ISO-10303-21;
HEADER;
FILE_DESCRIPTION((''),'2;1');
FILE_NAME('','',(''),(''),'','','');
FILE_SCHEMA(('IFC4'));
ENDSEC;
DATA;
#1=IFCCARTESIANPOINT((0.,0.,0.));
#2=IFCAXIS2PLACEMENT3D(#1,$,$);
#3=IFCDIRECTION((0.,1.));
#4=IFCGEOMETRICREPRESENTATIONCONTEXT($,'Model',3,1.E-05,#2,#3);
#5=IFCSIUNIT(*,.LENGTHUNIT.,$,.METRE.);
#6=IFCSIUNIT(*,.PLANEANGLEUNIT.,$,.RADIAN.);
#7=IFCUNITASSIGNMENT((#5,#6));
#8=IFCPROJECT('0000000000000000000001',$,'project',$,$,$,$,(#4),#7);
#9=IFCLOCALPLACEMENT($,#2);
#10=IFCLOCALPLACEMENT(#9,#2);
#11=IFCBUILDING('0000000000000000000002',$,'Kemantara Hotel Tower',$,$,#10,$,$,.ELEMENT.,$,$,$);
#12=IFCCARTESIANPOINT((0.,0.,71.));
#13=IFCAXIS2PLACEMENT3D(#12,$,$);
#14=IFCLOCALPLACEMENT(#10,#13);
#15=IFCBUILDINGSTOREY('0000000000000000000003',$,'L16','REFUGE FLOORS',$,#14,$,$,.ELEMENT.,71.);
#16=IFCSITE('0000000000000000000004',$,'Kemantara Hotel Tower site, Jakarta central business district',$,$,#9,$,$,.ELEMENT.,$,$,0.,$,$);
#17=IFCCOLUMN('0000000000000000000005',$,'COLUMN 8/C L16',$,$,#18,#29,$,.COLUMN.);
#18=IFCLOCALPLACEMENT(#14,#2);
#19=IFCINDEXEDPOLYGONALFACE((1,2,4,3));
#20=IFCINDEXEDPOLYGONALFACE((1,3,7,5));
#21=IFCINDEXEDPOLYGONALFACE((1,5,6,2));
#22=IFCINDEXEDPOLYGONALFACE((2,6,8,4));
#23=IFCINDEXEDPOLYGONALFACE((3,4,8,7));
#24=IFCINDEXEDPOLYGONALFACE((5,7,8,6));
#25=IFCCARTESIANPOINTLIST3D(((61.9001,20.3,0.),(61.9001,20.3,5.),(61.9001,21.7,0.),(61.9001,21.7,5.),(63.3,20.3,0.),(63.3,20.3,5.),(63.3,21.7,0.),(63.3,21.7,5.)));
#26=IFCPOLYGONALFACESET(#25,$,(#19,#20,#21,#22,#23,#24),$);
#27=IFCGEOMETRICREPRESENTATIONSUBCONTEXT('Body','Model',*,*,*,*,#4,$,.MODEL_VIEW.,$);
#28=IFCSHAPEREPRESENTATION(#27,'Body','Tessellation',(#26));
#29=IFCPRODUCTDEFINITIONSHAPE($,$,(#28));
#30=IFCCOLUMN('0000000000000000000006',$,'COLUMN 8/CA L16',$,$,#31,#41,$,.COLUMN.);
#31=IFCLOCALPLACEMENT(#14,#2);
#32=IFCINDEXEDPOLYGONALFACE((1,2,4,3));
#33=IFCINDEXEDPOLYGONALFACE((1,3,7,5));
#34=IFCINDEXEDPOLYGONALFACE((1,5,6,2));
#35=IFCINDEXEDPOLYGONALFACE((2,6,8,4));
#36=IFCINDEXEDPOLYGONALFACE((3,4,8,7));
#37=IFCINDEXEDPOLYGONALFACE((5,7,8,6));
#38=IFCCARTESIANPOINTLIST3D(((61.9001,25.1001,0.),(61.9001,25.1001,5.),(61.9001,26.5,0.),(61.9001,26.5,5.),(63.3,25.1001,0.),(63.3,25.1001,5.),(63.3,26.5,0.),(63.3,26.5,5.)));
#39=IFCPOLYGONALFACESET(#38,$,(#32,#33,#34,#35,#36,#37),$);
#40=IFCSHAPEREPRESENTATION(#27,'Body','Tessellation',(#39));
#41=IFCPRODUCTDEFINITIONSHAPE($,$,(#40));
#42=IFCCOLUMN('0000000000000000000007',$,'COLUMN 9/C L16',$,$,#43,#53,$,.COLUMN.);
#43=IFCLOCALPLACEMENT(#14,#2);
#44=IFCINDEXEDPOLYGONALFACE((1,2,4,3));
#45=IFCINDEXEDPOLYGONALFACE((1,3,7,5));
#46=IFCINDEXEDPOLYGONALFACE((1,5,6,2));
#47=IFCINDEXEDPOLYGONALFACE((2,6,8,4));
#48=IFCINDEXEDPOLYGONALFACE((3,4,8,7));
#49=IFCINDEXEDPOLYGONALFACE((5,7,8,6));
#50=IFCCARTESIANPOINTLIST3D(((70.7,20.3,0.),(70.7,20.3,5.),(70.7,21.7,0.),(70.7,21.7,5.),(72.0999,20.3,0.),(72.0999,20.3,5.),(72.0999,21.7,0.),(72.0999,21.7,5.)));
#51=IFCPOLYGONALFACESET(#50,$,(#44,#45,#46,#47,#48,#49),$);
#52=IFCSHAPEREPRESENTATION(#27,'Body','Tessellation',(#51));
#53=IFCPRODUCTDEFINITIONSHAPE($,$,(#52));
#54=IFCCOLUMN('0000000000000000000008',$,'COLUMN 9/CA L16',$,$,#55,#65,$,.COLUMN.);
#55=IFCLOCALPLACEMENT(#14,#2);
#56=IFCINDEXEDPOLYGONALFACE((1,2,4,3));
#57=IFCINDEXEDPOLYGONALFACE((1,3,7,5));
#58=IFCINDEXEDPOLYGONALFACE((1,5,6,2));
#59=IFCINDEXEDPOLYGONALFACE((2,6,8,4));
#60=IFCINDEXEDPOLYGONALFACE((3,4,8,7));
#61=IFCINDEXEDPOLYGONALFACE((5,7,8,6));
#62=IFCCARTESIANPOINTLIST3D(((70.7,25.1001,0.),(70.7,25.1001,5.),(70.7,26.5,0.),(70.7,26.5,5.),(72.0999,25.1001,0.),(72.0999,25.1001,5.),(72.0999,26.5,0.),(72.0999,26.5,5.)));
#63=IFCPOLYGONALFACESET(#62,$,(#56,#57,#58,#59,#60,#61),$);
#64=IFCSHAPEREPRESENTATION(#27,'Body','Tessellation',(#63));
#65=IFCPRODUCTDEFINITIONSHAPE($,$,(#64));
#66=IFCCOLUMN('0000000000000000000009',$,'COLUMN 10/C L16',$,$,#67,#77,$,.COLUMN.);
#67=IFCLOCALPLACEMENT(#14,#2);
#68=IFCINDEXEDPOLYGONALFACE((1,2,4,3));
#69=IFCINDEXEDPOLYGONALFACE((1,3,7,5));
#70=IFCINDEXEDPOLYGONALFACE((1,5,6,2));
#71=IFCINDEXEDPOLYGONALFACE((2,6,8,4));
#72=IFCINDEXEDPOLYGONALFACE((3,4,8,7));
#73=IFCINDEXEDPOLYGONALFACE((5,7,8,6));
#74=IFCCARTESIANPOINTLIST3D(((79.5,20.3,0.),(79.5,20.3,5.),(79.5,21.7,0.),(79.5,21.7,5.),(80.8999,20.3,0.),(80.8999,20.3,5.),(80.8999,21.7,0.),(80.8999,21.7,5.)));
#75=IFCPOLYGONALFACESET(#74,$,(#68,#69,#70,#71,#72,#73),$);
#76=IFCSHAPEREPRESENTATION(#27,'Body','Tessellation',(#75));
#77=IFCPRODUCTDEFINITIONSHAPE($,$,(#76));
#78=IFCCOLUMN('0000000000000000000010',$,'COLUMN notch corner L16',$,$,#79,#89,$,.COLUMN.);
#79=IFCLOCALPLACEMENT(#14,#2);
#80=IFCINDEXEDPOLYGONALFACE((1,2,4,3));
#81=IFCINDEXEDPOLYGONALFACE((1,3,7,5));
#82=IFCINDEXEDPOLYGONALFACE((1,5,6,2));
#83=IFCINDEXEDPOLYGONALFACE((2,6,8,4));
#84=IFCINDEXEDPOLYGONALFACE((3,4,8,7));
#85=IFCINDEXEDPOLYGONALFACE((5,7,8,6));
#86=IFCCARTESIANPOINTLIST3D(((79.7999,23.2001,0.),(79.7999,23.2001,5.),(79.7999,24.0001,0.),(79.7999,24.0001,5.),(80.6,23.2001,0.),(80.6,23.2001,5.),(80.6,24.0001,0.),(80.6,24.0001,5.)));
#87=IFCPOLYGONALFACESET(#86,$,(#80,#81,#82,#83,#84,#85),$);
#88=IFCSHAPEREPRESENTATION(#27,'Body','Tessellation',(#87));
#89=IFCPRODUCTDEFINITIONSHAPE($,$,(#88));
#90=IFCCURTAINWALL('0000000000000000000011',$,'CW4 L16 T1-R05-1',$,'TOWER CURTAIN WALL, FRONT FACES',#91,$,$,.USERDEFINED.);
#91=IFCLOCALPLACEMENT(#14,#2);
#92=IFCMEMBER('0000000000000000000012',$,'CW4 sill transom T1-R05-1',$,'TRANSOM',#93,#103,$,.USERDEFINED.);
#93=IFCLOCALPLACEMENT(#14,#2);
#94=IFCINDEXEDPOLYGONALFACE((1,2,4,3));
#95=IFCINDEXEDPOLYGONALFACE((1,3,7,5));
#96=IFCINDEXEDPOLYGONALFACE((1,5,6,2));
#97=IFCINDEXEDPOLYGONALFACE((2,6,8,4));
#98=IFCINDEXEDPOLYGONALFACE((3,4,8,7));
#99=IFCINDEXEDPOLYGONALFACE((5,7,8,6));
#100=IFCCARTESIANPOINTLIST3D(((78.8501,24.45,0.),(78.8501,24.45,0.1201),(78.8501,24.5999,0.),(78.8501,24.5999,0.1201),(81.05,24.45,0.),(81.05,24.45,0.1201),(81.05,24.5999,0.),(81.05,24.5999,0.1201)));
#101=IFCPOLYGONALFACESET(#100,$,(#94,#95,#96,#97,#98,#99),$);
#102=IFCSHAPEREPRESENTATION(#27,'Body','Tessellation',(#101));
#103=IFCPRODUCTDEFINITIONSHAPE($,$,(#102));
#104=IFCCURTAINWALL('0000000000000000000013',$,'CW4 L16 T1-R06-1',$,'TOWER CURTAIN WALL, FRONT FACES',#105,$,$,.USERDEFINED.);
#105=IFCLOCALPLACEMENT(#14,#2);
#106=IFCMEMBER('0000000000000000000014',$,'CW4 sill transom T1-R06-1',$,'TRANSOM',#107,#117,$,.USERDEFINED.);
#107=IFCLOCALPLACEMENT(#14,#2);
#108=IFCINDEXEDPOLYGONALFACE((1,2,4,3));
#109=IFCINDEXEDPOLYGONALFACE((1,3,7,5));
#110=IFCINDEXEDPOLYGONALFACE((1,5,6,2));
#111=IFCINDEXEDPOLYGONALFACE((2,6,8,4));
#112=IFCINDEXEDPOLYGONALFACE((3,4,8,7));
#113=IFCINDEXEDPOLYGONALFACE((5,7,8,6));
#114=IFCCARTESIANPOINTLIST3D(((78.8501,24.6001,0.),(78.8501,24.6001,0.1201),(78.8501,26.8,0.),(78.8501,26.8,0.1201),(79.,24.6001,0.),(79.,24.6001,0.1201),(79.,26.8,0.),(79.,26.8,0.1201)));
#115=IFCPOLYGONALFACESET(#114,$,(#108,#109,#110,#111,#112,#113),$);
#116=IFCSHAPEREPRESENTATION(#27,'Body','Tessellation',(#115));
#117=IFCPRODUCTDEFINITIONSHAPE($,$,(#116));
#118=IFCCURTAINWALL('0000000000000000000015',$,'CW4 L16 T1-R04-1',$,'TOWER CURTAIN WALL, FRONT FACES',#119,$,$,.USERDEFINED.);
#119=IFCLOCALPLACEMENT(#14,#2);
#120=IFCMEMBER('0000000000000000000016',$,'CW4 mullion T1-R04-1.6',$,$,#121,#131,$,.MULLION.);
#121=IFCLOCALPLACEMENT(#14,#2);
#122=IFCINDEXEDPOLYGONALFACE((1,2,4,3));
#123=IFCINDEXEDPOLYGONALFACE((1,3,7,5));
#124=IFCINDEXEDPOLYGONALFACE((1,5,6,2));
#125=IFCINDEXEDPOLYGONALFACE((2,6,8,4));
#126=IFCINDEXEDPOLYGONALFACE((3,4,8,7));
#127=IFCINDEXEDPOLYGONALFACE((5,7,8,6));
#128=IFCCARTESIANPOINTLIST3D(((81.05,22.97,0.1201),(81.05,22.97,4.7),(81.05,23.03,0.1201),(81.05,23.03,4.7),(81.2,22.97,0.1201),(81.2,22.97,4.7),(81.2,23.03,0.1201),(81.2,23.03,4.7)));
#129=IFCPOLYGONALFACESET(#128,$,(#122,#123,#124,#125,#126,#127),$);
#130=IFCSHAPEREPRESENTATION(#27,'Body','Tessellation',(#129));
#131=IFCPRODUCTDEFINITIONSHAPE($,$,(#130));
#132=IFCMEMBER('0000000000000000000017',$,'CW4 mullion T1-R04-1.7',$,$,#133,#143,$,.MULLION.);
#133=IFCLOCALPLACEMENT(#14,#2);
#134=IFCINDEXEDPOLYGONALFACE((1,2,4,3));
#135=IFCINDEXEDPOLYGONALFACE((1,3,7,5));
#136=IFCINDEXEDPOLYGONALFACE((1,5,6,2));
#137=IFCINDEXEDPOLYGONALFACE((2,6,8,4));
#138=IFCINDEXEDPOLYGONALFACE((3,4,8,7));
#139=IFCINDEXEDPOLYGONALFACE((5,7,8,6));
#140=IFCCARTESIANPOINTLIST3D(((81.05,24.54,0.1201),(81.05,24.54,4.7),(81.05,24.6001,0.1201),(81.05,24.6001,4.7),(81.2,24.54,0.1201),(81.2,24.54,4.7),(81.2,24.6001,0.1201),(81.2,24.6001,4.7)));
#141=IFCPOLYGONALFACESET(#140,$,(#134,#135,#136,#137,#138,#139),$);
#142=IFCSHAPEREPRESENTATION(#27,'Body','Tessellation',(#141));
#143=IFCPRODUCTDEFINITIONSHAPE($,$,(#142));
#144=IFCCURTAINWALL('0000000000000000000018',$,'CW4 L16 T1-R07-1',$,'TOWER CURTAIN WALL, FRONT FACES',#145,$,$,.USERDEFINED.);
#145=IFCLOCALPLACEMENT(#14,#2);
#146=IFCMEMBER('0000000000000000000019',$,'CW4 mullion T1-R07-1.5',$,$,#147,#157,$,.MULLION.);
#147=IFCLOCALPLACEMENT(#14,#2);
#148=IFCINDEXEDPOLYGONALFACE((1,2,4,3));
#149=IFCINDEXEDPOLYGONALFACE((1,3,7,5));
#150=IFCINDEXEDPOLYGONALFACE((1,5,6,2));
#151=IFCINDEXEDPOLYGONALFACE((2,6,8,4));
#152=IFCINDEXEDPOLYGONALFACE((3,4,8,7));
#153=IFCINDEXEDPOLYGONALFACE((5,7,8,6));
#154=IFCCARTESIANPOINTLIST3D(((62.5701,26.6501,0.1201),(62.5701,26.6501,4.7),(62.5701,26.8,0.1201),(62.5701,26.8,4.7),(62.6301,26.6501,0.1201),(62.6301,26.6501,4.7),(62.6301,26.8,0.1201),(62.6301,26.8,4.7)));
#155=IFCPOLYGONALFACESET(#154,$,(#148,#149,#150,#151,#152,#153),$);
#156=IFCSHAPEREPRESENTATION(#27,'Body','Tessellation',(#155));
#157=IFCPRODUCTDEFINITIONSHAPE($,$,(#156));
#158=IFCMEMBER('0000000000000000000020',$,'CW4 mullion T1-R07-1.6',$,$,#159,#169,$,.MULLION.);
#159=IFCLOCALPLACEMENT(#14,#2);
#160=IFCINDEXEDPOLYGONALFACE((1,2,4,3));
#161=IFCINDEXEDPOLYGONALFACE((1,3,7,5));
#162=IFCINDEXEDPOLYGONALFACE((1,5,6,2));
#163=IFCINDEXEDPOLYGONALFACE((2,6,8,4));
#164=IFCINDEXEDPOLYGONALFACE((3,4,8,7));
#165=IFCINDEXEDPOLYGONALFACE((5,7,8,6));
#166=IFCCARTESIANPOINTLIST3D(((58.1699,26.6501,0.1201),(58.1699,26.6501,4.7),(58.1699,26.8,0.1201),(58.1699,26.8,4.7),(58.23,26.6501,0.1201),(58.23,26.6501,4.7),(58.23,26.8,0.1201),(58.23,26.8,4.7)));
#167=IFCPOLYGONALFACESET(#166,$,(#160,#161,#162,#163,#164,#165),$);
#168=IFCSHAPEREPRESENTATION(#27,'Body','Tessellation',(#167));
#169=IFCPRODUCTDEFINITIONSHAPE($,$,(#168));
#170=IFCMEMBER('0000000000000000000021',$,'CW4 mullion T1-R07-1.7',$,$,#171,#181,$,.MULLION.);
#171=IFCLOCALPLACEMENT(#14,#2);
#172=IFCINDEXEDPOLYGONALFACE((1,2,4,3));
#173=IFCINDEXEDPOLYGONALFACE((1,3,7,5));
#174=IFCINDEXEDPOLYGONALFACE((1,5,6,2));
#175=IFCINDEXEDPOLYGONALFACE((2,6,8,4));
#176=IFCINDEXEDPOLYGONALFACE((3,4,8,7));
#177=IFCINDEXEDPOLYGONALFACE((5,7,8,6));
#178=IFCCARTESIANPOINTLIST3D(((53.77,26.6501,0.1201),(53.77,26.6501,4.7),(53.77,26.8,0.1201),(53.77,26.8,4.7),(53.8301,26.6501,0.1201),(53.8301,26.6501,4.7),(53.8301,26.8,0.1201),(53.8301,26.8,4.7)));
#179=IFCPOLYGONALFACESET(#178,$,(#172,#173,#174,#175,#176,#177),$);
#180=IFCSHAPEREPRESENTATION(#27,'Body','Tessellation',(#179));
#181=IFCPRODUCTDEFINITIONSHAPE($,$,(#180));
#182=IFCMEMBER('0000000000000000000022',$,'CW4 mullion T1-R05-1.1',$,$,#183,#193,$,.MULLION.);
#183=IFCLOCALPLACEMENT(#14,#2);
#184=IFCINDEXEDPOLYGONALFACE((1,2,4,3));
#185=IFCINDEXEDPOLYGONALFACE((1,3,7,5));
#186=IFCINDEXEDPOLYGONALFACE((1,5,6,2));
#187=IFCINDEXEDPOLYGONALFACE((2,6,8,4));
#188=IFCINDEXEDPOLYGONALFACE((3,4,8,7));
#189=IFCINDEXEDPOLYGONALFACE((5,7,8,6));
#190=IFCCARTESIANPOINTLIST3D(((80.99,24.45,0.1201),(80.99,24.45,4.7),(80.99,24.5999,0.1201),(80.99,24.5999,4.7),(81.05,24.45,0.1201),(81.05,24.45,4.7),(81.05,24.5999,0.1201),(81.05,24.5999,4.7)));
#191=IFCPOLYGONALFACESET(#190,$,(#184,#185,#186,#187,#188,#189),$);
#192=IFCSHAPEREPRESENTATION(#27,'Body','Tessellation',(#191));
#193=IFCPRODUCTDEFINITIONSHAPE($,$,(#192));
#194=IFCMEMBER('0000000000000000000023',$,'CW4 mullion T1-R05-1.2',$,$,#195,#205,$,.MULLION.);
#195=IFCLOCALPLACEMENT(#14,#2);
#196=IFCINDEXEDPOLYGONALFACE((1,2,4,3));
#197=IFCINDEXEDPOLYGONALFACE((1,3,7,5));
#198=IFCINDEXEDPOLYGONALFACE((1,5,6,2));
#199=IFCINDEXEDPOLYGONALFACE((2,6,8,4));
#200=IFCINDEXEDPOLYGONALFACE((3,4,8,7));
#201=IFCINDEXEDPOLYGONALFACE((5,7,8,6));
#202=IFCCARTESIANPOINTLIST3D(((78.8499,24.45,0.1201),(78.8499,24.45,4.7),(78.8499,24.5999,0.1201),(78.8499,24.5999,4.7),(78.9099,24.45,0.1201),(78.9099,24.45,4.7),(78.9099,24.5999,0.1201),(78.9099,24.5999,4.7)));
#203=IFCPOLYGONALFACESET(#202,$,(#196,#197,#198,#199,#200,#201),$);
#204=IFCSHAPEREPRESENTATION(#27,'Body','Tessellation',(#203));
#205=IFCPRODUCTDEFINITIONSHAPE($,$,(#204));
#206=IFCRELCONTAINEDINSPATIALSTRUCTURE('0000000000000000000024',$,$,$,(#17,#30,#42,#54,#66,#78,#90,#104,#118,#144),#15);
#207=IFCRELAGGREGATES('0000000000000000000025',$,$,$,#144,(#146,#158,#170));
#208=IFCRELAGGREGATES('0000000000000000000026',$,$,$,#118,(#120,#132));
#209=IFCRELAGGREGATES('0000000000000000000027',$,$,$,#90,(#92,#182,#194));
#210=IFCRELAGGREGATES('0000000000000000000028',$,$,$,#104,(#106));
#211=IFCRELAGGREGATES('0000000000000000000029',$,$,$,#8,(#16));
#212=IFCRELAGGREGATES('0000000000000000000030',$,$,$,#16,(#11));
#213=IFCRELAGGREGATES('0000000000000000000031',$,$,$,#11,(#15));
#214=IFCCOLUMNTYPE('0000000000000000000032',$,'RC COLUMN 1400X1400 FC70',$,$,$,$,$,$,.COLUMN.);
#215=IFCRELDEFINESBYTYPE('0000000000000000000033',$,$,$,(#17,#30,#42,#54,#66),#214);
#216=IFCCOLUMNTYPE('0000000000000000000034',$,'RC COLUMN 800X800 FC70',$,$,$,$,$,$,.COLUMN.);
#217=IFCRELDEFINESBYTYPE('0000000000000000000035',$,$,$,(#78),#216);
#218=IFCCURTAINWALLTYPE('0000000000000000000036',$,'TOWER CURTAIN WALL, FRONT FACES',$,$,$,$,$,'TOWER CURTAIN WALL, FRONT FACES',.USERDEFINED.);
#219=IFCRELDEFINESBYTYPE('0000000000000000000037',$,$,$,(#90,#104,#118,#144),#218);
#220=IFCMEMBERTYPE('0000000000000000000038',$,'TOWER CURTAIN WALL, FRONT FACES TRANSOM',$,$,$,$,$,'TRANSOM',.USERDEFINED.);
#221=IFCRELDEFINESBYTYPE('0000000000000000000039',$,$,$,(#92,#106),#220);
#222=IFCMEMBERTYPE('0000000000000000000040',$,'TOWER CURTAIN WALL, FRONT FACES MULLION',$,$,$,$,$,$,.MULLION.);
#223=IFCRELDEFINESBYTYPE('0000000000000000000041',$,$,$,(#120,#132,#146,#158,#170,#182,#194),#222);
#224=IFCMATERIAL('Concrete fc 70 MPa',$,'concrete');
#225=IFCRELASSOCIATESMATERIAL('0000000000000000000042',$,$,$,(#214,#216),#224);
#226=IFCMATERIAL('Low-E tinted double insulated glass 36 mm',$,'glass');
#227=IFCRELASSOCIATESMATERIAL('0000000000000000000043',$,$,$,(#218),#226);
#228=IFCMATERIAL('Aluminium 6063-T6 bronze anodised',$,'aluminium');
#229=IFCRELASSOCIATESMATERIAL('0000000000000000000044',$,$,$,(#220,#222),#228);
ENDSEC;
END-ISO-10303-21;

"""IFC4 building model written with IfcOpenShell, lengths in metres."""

from ifc_helpers import new_model, si_unit, direction, frame, origin, origin_2d, place, context, subcontext, project, spatial, rectangle, extrude, source, transform, mapped, material, material_profile, profile_set, type_object, element, aggregate, save


model = new_model("IFC4")

# Units and contexts
model_context = context("Model", 3, precision=1e-05, world=origin(), true_north=direction((0.0, 1.0)))
body_context = subcontext(model_context, "Body", "Model", "MODEL_VIEW")
ifc_project = project(units=[si_unit("LENGTHUNIT", "METRE"), si_unit("PLANEANGLEUNIT", "RADIAN")], contexts=[model_context])

# Site, building, storey
site_placement = place(None, origin())
site = spatial("IfcSite", under=ifc_project, at=site_placement, Name="Kemantara Hotel Tower site, Jakarta central business district", CompositionType="ELEMENT", RefElevation=0.0)
building_placement = place(site_placement, origin())
building = spatial("IfcBuilding", under=site, at=building_placement, Name="Kemantara Hotel Tower", CompositionType="ELEMENT")
storey_placement = place(building_placement, frame((0.0, 0.0, 71.0)))
storey = spatial("IfcBuildingStorey", under=building, at=storey_placement, Name="L16", Description="REFUGE FLOORS", CompositionType="ELEMENT", Elevation=71.0)

# Columns
ifc_material_1 = material(Name="Concrete fc 70 MPa", Category="concrete")
ifc_material_profile_1 = material_profile(ifc_material_1, rectangle(XDim=1.3999, YDim=1.3999, at=origin_2d()), Name="RC 1400X1400")
ifc_profile_set_1 = profile_set([ifc_material_profile_1], Name="Concrete fc 70 MPa")
column_type_1 = type_object("IfcColumnType", Name="RC COLUMN 1400X1400 FC70", PredefinedType="COLUMN", material=ifc_profile_set_1)
for number, where, z_axis, x_axis, name in (
    (1, (62.6001, 21.0, 0.0), (0.0, 0.0, 1.0), (1.0, 0.0, 0.0), "COLUMN 8/C L16"),
    (2, (62.6001, 25.8, 0.0), (0.0, 0.0, 1.0), (1.0, 0.0, 0.0), "COLUMN 8/CA L16"),
    (3, (71.3999, 21.0, 0.0), (0.0, 0.0, 1.0), (1.0, 0.0, 0.0), "COLUMN 9/C L16"),
    (4, (71.3999, 25.8, 0.0), (0.0, 0.0, 1.0), (1.0, 0.0, 0.0), "COLUMN 9/CA L16"),
    (5, (80.2, 21.0, 0.0), (0.0, 0.0, 1.0), (1.0, 0.0, 0.0), "COLUMN 10/C L16"),
):
    element("IfcColumn", number, at=place(storey_placement, frame(where, z_axis=z_axis, x_axis=x_axis)), inside=storey, type_object=column_type_1, Name=name, PredefinedType="COLUMN", context=body_context, shape_type="SweptSolid", body=[
        extrude(rectangle(XDim=1.3999, YDim=1.3999, at=origin_2d()), origin(), (0.0, 0.0, 1.0), 5.0),
    ])
ifc_material_profile_2 = material_profile(ifc_material_1, rectangle(XDim=0.8, YDim=0.8, at=origin_2d()), Name="RC 800X800")
ifc_profile_set_2 = profile_set([ifc_material_profile_2], Name="Concrete fc 70 MPa")
column_type_2 = type_object("IfcColumnType", Name="RC COLUMN 800X800 FC70", PredefinedType="COLUMN", material=ifc_profile_set_2)
column_placement = place(storey_placement, frame((80.2, 23.6001, 0.0), z_axis=(0.0, 0.0, 1.0), x_axis=(1.0, 0.0, 0.0)))
element("IfcColumn", 6, at=column_placement, inside=storey, type_object=column_type_2, Name="COLUMN notch corner L16", PredefinedType="COLUMN", context=body_context, shape_type="SweptSolid", body=[
    extrude(rectangle(XDim=0.8, YDim=0.8, at=origin_2d()), origin(), (0.0, 0.0, 1.0), 5.0),
])

# Curtain walls, members
ifc_material_2 = material(Name="Low-E tinted double insulated glass 36 mm", Category="glass")
curtain_wall_type = type_object("IfcCurtainWallType", Name="TOWER CURTAIN WALL, FRONT FACES", ElementType="TOWER CURTAIN WALL, FRONT FACES", PredefinedType="USERDEFINED", material=ifc_material_2)
curtain_wall_1_placement = place(storey_placement, origin())
curtain_wall_1 = element("IfcCurtainWall", 7, at=curtain_wall_1_placement, inside=storey, type_object=curtain_wall_type, Name="CW4 L16 T1-R05-1", ObjectType="TOWER CURTAIN WALL, FRONT FACES", PredefinedType="USERDEFINED")
ifc_material_3 = material(Name="Aluminium 6063-T6 bronze anodised", Category="aluminium")
ifc_material_profile_3 = material_profile(ifc_material_3, rectangle(XDim=0.1499, YDim=0.1201, at=origin_2d()), Name="TOWER CURTAIN WALL, FRONT FACES TRANSOM")
ifc_profile_set_3 = profile_set([ifc_material_profile_3], Name="Aluminium 6063-T6 bronze anodised")
member_type_1 = type_object("IfcMemberType", Name="TOWER CURTAIN WALL, FRONT FACES TRANSOM", ElementType="TRANSOM", PredefinedType="USERDEFINED", material=ifc_profile_set_3)
member_1_placement = place(storey_placement, frame((81.05, 24.5249, 0.0601), z_axis=(-1.0, 0.0, 0.0), x_axis=(0.0, -1.0, 0.0)))
member_1 = element("IfcMember", 8, at=member_1_placement, type_object=member_type_1, Name="CW4 sill transom T1-R05-1", ObjectType="TRANSOM", PredefinedType="USERDEFINED", context=body_context, shape_type="SweptSolid", body=[
    extrude(rectangle(XDim=0.1499, YDim=0.1201, at=origin_2d()), origin(), (0.0, 0.0, 1.0), 2.2),
])
curtain_wall_2_placement = place(storey_placement, origin())
curtain_wall_2 = element("IfcCurtainWall", 9, at=curtain_wall_2_placement, inside=storey, type_object=curtain_wall_type, Name="CW4 L16 T1-R06-1", ObjectType="TOWER CURTAIN WALL, FRONT FACES", PredefinedType="USERDEFINED")
member_2_placement = place(storey_placement, frame((78.925, 24.6001, 0.0601), z_axis=(0.0, 1.0, 0.0), x_axis=(-1.0, 0.0, 0.0)))
member_2 = element("IfcMember", 10, at=member_2_placement, type_object=member_type_1, Name="CW4 sill transom T1-R06-1", ObjectType="TRANSOM", PredefinedType="USERDEFINED", context=body_context, shape_type="SweptSolid", body=[
    extrude(rectangle(XDim=0.1499, YDim=0.1201, at=origin_2d()), origin(), (0.0, 0.0, 1.0), 2.2),
])

# Curtain walls, members
curtain_wall_3_placement = place(storey_placement, origin())
curtain_wall_3 = element("IfcCurtainWall", 11, at=curtain_wall_3_placement, inside=storey, type_object=curtain_wall_type, Name="CW4 L16 T1-R04-1", ObjectType="TOWER CURTAIN WALL, FRONT FACES", PredefinedType="USERDEFINED")
ifc_material_profile_4 = material_profile(ifc_material_3, rectangle(XDim=0.1499, YDim=0.0601, at=origin_2d()), Name="TOWER CURTAIN WALL, FRONT FACES MULLION")
ifc_profile_set_4 = profile_set([ifc_material_profile_4], Name="Aluminium 6063-T6 bronze anodised")
member_type_2 = type_object("IfcMemberType", Name="TOWER CURTAIN WALL, FRONT FACES MULLION", PredefinedType="MULLION", material=ifc_profile_set_4)
shared_shape_1 = source(origin(), body_context, "Body", "SweptSolid", [
    extrude(rectangle(XDim=0.1499, YDim=0.0601, at=origin_2d()), origin(), (0.0, 0.0, 1.0), 4.5798),
])
member_3_placement = place(storey_placement, frame((81.125, 23.0, 0.1201), z_axis=(0.0, 0.0, 1.0), x_axis=(-1.0, 0.0, 0.0)))
member_3 = element("IfcMember", 12, at=member_3_placement, type_object=member_type_2, Name="CW4 mullion T1-R04-1.6", PredefinedType="MULLION", context=body_context, shape_type="MappedRepresentation", body=[
    mapped(shared_shape_1, transform((0.0, 0.0, 0.0))),
])
member_4_placement = place(storey_placement, frame((81.125, 24.5701, 0.1201), z_axis=(0.0, 0.0, 1.0), x_axis=(-1.0, 0.0, 0.0)))
member_4 = element("IfcMember", 13, at=member_4_placement, type_object=member_type_2, Name="CW4 mullion T1-R04-1.7", PredefinedType="MULLION", context=body_context, shape_type="MappedRepresentation", body=[
    mapped(shared_shape_1, transform((0.0, 0.0, 0.0))),
])
curtain_wall_4_placement = place(storey_placement, origin())
curtain_wall_4 = element("IfcCurtainWall", 14, at=curtain_wall_4_placement, inside=storey, type_object=curtain_wall_type, Name="CW4 L16 T1-R07-1", ObjectType="TOWER CURTAIN WALL, FRONT FACES", PredefinedType="USERDEFINED")
member_5_placement = place(storey_placement, frame((62.6001, 26.7251, 0.1201), z_axis=(0.0, 0.0, 1.0), x_axis=(0.0, -1.0, 0.0)))
member_5 = element("IfcMember", 15, at=member_5_placement, type_object=member_type_2, Name="CW4 mullion T1-R07-1.5", PredefinedType="MULLION", context=body_context, shape_type="MappedRepresentation", body=[
    mapped(shared_shape_1, transform((0.0, 0.0, 0.0))),
])
member_6_placement = place(storey_placement, frame((58.2, 26.7251, 0.1201), z_axis=(0.0, 0.0, 1.0), x_axis=(0.0, -1.0, 0.0)))
member_6 = element("IfcMember", 16, at=member_6_placement, type_object=member_type_2, Name="CW4 mullion T1-R07-1.6", PredefinedType="MULLION", context=body_context, shape_type="MappedRepresentation", body=[
    mapped(shared_shape_1, transform((0.0, 0.0, 0.0))),
])
member_7_placement = place(storey_placement, frame((53.8, 26.7251, 0.1201), z_axis=(0.0, 0.0, 1.0), x_axis=(0.0, -1.0, 0.0)))
member_7 = element("IfcMember", 17, at=member_7_placement, type_object=member_type_2, Name="CW4 mullion T1-R07-1.7", PredefinedType="MULLION", context=body_context, shape_type="MappedRepresentation", body=[
    mapped(shared_shape_1, transform((0.0, 0.0, 0.0))),
])

# Members
member_8_placement = place(storey_placement, frame((81.02, 24.5249, 0.1201), z_axis=(0.0, 0.0, 1.0), x_axis=(0.0, -1.0, 0.0)))
member_8 = element("IfcMember", 18, at=member_8_placement, type_object=member_type_2, Name="CW4 mullion T1-R05-1.1", PredefinedType="MULLION", context=body_context, shape_type="MappedRepresentation", body=[
    mapped(shared_shape_1, transform((0.0, 0.0, 0.0))),
])
member_9_placement = place(storey_placement, frame((78.8799, 24.5249, 0.1201), z_axis=(0.0, 0.0, 1.0), x_axis=(0.0, -1.0, 0.0)))
member_9 = element("IfcMember", 19, at=member_9_placement, type_object=member_type_2, Name="CW4 mullion T1-R05-1.2", PredefinedType="MULLION", context=body_context, shape_type="MappedRepresentation", body=[
    mapped(shared_shape_1, transform((0.0, 0.0, 0.0))),
])

aggregate(curtain_wall_4, [member_5, member_6, member_7])
aggregate(curtain_wall_3, [member_3, member_4])
aggregate(curtain_wall_1, [member_1, member_8, member_9])
aggregate(curtain_wall_2, [member_2])

save(model, "model.ifc")
